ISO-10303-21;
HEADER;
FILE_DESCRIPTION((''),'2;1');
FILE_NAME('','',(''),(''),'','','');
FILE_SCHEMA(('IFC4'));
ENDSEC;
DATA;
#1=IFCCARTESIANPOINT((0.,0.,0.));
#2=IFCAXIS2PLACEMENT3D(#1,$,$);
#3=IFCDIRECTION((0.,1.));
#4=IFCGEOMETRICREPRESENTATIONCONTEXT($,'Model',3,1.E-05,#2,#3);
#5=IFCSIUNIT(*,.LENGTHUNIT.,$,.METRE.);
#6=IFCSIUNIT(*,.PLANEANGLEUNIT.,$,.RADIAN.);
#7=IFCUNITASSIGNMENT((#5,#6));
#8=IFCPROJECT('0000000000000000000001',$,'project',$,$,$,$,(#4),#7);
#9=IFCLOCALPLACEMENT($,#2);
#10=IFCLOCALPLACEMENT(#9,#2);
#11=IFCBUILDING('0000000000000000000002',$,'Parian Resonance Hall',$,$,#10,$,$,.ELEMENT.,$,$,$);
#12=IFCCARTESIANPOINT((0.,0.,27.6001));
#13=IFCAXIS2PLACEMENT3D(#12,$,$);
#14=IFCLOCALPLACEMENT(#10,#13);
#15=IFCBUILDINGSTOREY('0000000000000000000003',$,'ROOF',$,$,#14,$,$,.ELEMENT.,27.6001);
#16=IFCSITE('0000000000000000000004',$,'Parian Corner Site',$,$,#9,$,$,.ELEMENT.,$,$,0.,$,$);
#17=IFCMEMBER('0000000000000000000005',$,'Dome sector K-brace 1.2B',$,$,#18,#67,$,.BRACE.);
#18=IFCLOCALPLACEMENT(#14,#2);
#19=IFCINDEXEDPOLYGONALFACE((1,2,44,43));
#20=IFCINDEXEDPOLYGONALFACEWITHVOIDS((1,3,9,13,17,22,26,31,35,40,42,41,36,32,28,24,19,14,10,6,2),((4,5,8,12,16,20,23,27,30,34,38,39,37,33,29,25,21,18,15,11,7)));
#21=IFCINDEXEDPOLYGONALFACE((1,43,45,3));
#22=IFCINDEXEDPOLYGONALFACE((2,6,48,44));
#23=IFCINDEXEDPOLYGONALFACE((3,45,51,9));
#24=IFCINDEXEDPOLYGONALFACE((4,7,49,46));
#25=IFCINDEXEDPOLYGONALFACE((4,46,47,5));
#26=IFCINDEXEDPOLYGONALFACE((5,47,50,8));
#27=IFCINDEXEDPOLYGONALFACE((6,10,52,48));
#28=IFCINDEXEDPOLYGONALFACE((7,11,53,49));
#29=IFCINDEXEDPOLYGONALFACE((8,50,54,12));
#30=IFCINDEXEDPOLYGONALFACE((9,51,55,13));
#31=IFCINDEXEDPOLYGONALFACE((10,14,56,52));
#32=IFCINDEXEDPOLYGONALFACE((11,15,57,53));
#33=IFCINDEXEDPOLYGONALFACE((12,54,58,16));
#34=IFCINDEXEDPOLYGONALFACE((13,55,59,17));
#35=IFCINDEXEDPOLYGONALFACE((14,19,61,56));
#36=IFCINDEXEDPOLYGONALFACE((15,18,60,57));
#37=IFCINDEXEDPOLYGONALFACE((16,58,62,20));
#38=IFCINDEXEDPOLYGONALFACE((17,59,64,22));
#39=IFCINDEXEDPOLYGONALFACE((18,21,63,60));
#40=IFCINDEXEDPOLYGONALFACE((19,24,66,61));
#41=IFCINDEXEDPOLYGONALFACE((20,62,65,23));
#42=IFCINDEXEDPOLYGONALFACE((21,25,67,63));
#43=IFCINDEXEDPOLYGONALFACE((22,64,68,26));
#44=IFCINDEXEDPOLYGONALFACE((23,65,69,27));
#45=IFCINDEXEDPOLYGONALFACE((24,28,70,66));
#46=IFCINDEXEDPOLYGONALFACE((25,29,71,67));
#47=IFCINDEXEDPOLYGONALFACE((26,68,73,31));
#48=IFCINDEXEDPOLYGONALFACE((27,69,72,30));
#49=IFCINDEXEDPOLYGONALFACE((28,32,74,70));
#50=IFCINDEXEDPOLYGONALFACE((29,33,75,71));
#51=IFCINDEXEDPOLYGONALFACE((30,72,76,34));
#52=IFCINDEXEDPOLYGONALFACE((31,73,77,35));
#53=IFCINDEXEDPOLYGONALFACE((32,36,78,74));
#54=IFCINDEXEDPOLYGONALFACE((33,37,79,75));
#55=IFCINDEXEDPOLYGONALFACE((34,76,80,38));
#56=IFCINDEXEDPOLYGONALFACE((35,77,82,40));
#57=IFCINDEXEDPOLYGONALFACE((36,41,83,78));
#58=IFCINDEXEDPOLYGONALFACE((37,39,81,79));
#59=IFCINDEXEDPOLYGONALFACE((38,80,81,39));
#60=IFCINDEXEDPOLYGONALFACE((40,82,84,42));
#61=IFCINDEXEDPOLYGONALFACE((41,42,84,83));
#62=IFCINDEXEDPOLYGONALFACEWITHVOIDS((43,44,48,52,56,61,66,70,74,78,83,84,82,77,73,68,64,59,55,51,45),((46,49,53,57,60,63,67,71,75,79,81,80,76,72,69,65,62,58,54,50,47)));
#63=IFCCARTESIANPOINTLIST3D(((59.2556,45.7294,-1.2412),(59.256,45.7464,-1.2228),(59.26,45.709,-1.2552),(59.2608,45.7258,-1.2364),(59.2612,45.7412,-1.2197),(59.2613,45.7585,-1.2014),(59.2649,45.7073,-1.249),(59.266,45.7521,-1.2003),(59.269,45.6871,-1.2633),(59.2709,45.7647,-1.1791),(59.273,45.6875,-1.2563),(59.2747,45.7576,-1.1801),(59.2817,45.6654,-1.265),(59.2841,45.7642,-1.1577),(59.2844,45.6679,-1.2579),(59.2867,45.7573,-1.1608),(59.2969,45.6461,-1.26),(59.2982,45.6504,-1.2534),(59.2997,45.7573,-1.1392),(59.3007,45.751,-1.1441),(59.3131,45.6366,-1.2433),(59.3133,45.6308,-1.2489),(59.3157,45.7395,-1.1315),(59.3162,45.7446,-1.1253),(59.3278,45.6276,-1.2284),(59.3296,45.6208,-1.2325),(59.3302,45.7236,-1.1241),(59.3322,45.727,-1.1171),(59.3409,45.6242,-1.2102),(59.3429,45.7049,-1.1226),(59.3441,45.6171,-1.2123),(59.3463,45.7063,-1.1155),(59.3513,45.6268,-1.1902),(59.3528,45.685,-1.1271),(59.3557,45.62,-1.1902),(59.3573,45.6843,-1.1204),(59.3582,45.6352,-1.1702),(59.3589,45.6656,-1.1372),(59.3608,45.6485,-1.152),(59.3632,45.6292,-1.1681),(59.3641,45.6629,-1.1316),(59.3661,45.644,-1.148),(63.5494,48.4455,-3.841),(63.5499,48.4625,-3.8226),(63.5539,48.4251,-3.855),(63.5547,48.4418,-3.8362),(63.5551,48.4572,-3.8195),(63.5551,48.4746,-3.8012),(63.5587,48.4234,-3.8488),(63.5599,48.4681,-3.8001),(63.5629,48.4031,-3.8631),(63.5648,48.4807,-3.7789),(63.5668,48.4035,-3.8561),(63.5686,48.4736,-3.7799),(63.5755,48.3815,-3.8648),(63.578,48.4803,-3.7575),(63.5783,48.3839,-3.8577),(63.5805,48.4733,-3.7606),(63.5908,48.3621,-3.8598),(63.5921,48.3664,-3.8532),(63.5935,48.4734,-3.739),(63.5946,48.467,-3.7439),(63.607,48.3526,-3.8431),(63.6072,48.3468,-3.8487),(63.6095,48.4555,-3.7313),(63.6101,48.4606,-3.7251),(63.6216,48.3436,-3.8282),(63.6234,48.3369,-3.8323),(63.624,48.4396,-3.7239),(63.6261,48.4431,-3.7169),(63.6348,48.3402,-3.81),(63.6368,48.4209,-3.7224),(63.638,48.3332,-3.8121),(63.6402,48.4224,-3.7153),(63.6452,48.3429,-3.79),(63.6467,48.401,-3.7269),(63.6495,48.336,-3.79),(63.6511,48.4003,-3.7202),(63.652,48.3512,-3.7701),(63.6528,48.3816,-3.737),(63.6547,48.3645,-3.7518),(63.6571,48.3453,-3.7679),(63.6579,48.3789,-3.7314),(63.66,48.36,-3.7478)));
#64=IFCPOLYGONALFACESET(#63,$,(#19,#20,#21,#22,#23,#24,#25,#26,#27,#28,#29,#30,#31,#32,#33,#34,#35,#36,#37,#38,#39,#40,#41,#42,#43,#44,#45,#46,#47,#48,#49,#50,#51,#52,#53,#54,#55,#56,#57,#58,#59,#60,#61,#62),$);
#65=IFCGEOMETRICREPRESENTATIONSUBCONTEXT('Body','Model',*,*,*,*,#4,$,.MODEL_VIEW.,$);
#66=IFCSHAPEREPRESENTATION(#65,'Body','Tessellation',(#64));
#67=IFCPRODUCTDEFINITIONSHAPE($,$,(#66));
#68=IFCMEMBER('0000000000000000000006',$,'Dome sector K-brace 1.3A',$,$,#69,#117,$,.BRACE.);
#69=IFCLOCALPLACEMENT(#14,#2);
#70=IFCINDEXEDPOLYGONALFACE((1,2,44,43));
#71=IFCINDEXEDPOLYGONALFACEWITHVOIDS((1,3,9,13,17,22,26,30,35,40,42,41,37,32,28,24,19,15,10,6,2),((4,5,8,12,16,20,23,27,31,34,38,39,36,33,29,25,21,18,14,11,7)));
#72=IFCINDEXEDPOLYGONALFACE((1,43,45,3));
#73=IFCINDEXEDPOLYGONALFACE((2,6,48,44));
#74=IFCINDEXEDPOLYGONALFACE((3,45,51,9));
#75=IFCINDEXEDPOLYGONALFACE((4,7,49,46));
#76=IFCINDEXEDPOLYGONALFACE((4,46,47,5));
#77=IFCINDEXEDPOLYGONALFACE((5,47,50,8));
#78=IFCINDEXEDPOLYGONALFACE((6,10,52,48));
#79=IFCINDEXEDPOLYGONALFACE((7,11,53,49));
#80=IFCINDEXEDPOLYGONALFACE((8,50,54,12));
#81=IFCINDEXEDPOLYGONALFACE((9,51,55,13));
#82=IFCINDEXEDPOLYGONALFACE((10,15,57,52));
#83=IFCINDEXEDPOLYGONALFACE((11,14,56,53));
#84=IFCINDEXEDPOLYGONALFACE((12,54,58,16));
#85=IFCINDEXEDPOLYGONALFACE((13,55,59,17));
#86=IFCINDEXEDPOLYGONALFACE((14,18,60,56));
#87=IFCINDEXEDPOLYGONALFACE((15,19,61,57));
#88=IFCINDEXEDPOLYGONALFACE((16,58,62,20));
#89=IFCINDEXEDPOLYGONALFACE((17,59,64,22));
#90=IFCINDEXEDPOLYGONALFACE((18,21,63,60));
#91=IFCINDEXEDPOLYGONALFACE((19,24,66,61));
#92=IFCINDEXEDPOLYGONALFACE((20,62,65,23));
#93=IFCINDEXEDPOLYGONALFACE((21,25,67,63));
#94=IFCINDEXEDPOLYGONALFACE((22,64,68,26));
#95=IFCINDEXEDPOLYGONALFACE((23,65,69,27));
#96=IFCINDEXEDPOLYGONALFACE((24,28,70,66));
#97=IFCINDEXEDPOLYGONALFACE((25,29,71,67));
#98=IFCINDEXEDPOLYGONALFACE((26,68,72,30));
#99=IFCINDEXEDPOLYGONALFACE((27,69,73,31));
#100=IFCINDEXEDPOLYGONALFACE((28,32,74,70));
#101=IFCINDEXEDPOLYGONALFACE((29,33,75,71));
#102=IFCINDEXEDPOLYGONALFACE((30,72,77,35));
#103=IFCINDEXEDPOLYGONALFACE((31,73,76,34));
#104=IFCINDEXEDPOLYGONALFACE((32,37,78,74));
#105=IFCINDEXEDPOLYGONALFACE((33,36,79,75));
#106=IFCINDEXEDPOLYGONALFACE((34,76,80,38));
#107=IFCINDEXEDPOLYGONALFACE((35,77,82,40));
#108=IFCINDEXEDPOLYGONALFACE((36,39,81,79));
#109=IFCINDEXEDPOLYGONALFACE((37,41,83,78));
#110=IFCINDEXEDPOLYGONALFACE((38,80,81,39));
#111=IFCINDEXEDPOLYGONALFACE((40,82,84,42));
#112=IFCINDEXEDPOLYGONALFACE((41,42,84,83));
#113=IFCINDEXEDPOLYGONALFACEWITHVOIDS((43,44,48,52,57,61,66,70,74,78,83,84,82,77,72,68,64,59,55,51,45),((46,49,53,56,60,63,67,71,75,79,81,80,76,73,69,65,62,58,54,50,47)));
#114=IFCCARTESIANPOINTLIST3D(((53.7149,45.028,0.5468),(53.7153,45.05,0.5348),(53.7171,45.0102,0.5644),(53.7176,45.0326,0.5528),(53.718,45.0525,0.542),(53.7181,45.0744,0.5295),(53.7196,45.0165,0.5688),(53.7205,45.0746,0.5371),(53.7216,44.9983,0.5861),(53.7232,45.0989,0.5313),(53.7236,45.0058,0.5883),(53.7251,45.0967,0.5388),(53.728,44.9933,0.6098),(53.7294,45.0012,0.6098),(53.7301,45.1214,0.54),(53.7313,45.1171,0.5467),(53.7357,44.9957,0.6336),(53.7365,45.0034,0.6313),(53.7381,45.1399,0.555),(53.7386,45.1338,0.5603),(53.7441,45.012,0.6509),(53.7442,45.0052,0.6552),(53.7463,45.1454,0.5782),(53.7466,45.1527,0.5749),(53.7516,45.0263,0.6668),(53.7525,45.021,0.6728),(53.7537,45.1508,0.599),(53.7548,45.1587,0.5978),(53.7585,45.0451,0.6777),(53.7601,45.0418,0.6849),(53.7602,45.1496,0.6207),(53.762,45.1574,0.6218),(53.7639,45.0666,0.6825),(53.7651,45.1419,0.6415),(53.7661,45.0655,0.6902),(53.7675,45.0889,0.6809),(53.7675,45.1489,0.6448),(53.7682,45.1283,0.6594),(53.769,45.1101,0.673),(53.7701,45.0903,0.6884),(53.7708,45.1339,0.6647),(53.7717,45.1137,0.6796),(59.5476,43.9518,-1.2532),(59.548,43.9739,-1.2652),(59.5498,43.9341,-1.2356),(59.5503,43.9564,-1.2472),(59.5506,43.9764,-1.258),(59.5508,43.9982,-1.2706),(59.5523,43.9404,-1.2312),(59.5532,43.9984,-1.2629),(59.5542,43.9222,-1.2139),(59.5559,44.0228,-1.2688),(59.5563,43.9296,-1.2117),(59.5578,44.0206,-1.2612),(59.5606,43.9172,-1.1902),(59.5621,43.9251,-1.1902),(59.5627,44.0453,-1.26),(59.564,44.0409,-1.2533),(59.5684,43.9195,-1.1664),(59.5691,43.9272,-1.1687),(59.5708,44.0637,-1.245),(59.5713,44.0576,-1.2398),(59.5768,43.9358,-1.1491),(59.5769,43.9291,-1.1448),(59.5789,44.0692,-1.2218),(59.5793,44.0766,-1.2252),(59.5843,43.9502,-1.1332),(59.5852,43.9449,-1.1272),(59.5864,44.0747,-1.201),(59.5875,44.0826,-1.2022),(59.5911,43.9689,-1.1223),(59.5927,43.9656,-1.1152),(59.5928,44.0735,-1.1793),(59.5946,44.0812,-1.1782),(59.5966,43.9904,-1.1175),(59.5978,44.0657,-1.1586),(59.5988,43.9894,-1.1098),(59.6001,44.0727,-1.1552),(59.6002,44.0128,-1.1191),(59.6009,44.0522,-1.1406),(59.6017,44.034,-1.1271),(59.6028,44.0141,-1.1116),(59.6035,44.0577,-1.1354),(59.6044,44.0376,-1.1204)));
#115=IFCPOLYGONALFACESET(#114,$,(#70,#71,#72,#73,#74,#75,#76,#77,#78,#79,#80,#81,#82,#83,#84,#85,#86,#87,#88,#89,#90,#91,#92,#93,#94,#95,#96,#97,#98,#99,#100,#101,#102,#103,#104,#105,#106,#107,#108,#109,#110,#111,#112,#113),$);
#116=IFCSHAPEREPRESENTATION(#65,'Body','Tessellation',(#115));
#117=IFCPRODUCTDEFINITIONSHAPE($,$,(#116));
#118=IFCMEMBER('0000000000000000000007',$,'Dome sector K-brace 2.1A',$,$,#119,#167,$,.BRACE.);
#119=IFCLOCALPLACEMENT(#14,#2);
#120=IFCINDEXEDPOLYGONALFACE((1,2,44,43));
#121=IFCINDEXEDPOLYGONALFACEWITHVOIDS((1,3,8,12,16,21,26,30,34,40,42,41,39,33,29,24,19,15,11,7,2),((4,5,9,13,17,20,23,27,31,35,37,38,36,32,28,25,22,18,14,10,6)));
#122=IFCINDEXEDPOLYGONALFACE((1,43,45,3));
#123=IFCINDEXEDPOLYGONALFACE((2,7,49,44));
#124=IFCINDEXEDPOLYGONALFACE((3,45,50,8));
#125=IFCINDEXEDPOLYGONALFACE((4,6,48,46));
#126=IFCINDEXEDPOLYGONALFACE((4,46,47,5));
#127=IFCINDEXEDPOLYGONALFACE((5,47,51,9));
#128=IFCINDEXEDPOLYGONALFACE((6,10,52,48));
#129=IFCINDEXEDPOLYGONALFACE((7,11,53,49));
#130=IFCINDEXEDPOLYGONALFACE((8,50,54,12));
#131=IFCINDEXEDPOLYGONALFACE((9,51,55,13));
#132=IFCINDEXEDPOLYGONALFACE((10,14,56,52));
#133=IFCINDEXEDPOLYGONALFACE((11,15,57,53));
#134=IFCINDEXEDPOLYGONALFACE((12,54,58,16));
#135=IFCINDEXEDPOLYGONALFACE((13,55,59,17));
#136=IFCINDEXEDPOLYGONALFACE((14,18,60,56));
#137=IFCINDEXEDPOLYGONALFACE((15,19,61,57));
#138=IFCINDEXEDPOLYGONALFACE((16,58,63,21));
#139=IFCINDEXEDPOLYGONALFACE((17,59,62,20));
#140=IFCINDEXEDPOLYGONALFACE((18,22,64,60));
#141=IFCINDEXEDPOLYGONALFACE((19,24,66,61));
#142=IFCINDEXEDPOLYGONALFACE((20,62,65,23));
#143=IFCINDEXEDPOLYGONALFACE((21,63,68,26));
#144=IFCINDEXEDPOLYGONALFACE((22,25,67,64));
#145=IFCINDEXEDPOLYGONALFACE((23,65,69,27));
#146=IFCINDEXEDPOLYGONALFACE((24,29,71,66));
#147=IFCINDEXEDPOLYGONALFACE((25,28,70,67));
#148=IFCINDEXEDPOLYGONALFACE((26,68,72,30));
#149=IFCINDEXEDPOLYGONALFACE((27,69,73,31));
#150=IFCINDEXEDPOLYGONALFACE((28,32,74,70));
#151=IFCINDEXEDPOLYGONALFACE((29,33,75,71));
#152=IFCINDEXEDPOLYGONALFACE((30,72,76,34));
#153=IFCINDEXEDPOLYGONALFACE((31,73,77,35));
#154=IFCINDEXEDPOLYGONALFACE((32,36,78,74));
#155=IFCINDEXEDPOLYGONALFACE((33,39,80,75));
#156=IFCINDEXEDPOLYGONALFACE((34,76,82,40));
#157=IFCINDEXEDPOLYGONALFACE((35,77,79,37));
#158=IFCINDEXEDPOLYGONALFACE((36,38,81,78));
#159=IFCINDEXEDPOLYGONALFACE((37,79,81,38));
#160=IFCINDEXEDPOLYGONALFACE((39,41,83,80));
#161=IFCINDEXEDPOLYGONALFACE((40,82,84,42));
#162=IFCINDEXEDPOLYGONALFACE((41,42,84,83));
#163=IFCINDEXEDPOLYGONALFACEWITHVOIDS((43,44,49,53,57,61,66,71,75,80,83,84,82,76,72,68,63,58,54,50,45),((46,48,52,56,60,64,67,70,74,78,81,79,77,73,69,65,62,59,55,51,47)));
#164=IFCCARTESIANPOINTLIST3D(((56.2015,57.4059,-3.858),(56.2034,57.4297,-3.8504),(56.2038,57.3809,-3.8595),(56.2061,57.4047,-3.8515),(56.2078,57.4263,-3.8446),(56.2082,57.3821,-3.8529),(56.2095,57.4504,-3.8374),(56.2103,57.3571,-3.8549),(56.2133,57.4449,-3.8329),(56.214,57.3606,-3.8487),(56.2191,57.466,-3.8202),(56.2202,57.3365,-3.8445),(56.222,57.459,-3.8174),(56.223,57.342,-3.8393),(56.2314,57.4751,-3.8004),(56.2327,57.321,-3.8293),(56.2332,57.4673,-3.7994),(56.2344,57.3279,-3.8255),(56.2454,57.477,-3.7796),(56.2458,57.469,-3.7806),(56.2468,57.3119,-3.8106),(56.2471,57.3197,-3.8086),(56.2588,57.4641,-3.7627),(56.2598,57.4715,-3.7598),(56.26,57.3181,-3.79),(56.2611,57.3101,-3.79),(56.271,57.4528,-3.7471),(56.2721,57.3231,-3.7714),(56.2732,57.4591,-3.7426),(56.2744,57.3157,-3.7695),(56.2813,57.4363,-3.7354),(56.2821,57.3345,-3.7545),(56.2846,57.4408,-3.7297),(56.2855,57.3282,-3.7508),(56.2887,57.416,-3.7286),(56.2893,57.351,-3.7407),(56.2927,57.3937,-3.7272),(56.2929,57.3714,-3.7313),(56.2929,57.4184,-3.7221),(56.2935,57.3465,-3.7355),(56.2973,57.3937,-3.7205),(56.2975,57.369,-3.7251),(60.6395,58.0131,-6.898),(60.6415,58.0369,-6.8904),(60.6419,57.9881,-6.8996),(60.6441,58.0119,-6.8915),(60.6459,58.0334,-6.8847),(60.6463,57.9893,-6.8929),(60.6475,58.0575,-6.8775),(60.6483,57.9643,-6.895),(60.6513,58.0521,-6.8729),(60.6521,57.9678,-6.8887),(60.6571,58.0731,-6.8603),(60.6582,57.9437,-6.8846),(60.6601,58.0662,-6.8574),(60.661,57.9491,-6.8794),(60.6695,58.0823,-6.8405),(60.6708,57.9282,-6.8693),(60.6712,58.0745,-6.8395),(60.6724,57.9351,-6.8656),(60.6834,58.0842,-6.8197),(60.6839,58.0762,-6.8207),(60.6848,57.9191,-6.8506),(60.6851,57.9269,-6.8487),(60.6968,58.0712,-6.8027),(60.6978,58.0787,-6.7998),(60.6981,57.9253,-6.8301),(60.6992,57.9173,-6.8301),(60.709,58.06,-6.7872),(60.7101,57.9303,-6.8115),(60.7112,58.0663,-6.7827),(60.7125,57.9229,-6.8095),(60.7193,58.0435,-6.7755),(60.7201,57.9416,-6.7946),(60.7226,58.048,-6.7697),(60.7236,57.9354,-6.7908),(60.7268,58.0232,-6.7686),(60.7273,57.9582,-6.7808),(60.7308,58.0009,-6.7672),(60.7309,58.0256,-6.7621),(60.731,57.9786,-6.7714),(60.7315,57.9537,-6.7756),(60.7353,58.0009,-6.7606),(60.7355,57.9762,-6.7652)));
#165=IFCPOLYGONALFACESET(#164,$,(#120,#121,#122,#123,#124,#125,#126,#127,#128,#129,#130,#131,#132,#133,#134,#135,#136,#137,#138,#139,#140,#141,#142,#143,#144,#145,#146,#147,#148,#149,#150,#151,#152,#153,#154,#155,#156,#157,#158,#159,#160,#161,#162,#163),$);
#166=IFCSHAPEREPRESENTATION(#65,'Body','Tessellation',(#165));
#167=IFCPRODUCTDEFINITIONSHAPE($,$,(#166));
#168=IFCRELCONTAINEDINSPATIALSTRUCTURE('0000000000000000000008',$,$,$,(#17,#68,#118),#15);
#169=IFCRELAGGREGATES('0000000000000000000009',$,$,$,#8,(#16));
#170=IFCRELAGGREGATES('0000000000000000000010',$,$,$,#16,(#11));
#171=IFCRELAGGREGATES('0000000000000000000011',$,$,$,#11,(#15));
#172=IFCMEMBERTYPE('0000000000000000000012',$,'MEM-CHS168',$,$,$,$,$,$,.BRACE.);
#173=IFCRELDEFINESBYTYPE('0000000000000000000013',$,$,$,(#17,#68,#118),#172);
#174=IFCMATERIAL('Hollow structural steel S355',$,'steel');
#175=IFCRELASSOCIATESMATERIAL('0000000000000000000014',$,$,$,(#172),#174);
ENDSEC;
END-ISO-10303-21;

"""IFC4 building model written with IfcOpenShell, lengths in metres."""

from ifc_helpers import new_model, si_unit, direction, frame, origin, origin_2d, place, context, subcontext, project, spatial, hollow_circle, extrude, material, material_profile, profile_set, type_object, element, save


model = new_model("IFC4")

# Units and contexts
model_context = context("Model", 3, precision=1e-05, world=origin(), true_north=direction((0.0, 1.0)))
body_context = subcontext(model_context, "Body", "Model", "MODEL_VIEW")
ifc_project = project(units=[si_unit("LENGTHUNIT", "METRE"), si_unit("PLANEANGLEUNIT", "RADIAN")], contexts=[model_context])

# Site, building, storey
site_placement = place(None, origin())
site = spatial("IfcSite", under=ifc_project, at=site_placement, Name="Parian Corner Site", CompositionType="ELEMENT", RefElevation=0.0)
building_placement = place(site_placement, origin())
building = spatial("IfcBuilding", under=site, at=building_placement, Name="Parian Resonance Hall", CompositionType="ELEMENT")
storey_placement = place(building_placement, frame((0.0, 0.0, 27.6001)))
storey = spatial("IfcBuildingStorey", under=building, at=storey_placement, Name="ROOF", CompositionType="ELEMENT", Elevation=27.6001)

# Members
ifc_material_1 = material(Name="Hollow structural steel S355", Category="steel")
ifc_material_profile_1 = material_profile(ifc_material_1, hollow_circle(Radius=0.0842, WallThickness=0.0081, at=origin_2d()), Name="CHS168.3x8")
ifc_profile_set_1 = profile_set([ifc_material_profile_1], Name="Hollow structural steel S355")
member_type_1 = type_object("IfcMemberType", Name="MEM-CHS168", PredefinedType="BRACE", material=ifc_profile_set_1)
member_1_placement = place(storey_placement, frame((63.6045, 48.4072, -3.79), z_axis=(-0.752349, -0.475886, 0.455525), x_axis=(0.53457, -0.845124, 0.0)))
element("IfcMember", 1, at=member_1_placement, inside=storey, type_object=member_type_1, Name="Dome sector K-brace 1.2B", PredefinedType="BRACE", context=body_context, shape_type="SweptSolid", body=[
    extrude(hollow_circle(Radius=0.0842, WallThickness=0.0081, at=origin_2d()), origin(), (0.0, 0.0, 1.0), 5.7073),
])
member_2_placement = place(storey_placement, frame((59.5759, 44.0, -1.1902), z_axis=(-0.94102, 0.173623, 0.290408), x_axis=(-0.181442, -0.983402, 0.0)))
element("IfcMember", 2, at=member_2_placement, inside=storey, type_object=member_type_1, Name="Dome sector K-brace 1.3A", PredefinedType="BRACE", context=body_context, shape_type="SweptSolid", body=[
    extrude(hollow_circle(Radius=0.0842, WallThickness=0.0081, at=origin_2d()), origin(), (0.0, 0.0, 1.0), 6.1982),
])
member_3_placement = place(storey_placement, frame((60.6877, 58.0007, -6.8301), z_axis=(-0.819797, -0.112159, 0.561564), x_axis=(0.135551, -0.99077, 0.0)))
element("IfcMember", 3, at=member_3_placement, inside=storey, type_object=member_type_1, Name="Dome sector K-brace 2.1A", PredefinedType="BRACE", context=body_context, shape_type="SweptSolid", body=[
    extrude(hollow_circle(Radius=0.0842, WallThickness=0.0081, at=origin_2d()), origin(), (0.0, 0.0, 1.0), 5.4136),
])

save(model, "model.ifc")
